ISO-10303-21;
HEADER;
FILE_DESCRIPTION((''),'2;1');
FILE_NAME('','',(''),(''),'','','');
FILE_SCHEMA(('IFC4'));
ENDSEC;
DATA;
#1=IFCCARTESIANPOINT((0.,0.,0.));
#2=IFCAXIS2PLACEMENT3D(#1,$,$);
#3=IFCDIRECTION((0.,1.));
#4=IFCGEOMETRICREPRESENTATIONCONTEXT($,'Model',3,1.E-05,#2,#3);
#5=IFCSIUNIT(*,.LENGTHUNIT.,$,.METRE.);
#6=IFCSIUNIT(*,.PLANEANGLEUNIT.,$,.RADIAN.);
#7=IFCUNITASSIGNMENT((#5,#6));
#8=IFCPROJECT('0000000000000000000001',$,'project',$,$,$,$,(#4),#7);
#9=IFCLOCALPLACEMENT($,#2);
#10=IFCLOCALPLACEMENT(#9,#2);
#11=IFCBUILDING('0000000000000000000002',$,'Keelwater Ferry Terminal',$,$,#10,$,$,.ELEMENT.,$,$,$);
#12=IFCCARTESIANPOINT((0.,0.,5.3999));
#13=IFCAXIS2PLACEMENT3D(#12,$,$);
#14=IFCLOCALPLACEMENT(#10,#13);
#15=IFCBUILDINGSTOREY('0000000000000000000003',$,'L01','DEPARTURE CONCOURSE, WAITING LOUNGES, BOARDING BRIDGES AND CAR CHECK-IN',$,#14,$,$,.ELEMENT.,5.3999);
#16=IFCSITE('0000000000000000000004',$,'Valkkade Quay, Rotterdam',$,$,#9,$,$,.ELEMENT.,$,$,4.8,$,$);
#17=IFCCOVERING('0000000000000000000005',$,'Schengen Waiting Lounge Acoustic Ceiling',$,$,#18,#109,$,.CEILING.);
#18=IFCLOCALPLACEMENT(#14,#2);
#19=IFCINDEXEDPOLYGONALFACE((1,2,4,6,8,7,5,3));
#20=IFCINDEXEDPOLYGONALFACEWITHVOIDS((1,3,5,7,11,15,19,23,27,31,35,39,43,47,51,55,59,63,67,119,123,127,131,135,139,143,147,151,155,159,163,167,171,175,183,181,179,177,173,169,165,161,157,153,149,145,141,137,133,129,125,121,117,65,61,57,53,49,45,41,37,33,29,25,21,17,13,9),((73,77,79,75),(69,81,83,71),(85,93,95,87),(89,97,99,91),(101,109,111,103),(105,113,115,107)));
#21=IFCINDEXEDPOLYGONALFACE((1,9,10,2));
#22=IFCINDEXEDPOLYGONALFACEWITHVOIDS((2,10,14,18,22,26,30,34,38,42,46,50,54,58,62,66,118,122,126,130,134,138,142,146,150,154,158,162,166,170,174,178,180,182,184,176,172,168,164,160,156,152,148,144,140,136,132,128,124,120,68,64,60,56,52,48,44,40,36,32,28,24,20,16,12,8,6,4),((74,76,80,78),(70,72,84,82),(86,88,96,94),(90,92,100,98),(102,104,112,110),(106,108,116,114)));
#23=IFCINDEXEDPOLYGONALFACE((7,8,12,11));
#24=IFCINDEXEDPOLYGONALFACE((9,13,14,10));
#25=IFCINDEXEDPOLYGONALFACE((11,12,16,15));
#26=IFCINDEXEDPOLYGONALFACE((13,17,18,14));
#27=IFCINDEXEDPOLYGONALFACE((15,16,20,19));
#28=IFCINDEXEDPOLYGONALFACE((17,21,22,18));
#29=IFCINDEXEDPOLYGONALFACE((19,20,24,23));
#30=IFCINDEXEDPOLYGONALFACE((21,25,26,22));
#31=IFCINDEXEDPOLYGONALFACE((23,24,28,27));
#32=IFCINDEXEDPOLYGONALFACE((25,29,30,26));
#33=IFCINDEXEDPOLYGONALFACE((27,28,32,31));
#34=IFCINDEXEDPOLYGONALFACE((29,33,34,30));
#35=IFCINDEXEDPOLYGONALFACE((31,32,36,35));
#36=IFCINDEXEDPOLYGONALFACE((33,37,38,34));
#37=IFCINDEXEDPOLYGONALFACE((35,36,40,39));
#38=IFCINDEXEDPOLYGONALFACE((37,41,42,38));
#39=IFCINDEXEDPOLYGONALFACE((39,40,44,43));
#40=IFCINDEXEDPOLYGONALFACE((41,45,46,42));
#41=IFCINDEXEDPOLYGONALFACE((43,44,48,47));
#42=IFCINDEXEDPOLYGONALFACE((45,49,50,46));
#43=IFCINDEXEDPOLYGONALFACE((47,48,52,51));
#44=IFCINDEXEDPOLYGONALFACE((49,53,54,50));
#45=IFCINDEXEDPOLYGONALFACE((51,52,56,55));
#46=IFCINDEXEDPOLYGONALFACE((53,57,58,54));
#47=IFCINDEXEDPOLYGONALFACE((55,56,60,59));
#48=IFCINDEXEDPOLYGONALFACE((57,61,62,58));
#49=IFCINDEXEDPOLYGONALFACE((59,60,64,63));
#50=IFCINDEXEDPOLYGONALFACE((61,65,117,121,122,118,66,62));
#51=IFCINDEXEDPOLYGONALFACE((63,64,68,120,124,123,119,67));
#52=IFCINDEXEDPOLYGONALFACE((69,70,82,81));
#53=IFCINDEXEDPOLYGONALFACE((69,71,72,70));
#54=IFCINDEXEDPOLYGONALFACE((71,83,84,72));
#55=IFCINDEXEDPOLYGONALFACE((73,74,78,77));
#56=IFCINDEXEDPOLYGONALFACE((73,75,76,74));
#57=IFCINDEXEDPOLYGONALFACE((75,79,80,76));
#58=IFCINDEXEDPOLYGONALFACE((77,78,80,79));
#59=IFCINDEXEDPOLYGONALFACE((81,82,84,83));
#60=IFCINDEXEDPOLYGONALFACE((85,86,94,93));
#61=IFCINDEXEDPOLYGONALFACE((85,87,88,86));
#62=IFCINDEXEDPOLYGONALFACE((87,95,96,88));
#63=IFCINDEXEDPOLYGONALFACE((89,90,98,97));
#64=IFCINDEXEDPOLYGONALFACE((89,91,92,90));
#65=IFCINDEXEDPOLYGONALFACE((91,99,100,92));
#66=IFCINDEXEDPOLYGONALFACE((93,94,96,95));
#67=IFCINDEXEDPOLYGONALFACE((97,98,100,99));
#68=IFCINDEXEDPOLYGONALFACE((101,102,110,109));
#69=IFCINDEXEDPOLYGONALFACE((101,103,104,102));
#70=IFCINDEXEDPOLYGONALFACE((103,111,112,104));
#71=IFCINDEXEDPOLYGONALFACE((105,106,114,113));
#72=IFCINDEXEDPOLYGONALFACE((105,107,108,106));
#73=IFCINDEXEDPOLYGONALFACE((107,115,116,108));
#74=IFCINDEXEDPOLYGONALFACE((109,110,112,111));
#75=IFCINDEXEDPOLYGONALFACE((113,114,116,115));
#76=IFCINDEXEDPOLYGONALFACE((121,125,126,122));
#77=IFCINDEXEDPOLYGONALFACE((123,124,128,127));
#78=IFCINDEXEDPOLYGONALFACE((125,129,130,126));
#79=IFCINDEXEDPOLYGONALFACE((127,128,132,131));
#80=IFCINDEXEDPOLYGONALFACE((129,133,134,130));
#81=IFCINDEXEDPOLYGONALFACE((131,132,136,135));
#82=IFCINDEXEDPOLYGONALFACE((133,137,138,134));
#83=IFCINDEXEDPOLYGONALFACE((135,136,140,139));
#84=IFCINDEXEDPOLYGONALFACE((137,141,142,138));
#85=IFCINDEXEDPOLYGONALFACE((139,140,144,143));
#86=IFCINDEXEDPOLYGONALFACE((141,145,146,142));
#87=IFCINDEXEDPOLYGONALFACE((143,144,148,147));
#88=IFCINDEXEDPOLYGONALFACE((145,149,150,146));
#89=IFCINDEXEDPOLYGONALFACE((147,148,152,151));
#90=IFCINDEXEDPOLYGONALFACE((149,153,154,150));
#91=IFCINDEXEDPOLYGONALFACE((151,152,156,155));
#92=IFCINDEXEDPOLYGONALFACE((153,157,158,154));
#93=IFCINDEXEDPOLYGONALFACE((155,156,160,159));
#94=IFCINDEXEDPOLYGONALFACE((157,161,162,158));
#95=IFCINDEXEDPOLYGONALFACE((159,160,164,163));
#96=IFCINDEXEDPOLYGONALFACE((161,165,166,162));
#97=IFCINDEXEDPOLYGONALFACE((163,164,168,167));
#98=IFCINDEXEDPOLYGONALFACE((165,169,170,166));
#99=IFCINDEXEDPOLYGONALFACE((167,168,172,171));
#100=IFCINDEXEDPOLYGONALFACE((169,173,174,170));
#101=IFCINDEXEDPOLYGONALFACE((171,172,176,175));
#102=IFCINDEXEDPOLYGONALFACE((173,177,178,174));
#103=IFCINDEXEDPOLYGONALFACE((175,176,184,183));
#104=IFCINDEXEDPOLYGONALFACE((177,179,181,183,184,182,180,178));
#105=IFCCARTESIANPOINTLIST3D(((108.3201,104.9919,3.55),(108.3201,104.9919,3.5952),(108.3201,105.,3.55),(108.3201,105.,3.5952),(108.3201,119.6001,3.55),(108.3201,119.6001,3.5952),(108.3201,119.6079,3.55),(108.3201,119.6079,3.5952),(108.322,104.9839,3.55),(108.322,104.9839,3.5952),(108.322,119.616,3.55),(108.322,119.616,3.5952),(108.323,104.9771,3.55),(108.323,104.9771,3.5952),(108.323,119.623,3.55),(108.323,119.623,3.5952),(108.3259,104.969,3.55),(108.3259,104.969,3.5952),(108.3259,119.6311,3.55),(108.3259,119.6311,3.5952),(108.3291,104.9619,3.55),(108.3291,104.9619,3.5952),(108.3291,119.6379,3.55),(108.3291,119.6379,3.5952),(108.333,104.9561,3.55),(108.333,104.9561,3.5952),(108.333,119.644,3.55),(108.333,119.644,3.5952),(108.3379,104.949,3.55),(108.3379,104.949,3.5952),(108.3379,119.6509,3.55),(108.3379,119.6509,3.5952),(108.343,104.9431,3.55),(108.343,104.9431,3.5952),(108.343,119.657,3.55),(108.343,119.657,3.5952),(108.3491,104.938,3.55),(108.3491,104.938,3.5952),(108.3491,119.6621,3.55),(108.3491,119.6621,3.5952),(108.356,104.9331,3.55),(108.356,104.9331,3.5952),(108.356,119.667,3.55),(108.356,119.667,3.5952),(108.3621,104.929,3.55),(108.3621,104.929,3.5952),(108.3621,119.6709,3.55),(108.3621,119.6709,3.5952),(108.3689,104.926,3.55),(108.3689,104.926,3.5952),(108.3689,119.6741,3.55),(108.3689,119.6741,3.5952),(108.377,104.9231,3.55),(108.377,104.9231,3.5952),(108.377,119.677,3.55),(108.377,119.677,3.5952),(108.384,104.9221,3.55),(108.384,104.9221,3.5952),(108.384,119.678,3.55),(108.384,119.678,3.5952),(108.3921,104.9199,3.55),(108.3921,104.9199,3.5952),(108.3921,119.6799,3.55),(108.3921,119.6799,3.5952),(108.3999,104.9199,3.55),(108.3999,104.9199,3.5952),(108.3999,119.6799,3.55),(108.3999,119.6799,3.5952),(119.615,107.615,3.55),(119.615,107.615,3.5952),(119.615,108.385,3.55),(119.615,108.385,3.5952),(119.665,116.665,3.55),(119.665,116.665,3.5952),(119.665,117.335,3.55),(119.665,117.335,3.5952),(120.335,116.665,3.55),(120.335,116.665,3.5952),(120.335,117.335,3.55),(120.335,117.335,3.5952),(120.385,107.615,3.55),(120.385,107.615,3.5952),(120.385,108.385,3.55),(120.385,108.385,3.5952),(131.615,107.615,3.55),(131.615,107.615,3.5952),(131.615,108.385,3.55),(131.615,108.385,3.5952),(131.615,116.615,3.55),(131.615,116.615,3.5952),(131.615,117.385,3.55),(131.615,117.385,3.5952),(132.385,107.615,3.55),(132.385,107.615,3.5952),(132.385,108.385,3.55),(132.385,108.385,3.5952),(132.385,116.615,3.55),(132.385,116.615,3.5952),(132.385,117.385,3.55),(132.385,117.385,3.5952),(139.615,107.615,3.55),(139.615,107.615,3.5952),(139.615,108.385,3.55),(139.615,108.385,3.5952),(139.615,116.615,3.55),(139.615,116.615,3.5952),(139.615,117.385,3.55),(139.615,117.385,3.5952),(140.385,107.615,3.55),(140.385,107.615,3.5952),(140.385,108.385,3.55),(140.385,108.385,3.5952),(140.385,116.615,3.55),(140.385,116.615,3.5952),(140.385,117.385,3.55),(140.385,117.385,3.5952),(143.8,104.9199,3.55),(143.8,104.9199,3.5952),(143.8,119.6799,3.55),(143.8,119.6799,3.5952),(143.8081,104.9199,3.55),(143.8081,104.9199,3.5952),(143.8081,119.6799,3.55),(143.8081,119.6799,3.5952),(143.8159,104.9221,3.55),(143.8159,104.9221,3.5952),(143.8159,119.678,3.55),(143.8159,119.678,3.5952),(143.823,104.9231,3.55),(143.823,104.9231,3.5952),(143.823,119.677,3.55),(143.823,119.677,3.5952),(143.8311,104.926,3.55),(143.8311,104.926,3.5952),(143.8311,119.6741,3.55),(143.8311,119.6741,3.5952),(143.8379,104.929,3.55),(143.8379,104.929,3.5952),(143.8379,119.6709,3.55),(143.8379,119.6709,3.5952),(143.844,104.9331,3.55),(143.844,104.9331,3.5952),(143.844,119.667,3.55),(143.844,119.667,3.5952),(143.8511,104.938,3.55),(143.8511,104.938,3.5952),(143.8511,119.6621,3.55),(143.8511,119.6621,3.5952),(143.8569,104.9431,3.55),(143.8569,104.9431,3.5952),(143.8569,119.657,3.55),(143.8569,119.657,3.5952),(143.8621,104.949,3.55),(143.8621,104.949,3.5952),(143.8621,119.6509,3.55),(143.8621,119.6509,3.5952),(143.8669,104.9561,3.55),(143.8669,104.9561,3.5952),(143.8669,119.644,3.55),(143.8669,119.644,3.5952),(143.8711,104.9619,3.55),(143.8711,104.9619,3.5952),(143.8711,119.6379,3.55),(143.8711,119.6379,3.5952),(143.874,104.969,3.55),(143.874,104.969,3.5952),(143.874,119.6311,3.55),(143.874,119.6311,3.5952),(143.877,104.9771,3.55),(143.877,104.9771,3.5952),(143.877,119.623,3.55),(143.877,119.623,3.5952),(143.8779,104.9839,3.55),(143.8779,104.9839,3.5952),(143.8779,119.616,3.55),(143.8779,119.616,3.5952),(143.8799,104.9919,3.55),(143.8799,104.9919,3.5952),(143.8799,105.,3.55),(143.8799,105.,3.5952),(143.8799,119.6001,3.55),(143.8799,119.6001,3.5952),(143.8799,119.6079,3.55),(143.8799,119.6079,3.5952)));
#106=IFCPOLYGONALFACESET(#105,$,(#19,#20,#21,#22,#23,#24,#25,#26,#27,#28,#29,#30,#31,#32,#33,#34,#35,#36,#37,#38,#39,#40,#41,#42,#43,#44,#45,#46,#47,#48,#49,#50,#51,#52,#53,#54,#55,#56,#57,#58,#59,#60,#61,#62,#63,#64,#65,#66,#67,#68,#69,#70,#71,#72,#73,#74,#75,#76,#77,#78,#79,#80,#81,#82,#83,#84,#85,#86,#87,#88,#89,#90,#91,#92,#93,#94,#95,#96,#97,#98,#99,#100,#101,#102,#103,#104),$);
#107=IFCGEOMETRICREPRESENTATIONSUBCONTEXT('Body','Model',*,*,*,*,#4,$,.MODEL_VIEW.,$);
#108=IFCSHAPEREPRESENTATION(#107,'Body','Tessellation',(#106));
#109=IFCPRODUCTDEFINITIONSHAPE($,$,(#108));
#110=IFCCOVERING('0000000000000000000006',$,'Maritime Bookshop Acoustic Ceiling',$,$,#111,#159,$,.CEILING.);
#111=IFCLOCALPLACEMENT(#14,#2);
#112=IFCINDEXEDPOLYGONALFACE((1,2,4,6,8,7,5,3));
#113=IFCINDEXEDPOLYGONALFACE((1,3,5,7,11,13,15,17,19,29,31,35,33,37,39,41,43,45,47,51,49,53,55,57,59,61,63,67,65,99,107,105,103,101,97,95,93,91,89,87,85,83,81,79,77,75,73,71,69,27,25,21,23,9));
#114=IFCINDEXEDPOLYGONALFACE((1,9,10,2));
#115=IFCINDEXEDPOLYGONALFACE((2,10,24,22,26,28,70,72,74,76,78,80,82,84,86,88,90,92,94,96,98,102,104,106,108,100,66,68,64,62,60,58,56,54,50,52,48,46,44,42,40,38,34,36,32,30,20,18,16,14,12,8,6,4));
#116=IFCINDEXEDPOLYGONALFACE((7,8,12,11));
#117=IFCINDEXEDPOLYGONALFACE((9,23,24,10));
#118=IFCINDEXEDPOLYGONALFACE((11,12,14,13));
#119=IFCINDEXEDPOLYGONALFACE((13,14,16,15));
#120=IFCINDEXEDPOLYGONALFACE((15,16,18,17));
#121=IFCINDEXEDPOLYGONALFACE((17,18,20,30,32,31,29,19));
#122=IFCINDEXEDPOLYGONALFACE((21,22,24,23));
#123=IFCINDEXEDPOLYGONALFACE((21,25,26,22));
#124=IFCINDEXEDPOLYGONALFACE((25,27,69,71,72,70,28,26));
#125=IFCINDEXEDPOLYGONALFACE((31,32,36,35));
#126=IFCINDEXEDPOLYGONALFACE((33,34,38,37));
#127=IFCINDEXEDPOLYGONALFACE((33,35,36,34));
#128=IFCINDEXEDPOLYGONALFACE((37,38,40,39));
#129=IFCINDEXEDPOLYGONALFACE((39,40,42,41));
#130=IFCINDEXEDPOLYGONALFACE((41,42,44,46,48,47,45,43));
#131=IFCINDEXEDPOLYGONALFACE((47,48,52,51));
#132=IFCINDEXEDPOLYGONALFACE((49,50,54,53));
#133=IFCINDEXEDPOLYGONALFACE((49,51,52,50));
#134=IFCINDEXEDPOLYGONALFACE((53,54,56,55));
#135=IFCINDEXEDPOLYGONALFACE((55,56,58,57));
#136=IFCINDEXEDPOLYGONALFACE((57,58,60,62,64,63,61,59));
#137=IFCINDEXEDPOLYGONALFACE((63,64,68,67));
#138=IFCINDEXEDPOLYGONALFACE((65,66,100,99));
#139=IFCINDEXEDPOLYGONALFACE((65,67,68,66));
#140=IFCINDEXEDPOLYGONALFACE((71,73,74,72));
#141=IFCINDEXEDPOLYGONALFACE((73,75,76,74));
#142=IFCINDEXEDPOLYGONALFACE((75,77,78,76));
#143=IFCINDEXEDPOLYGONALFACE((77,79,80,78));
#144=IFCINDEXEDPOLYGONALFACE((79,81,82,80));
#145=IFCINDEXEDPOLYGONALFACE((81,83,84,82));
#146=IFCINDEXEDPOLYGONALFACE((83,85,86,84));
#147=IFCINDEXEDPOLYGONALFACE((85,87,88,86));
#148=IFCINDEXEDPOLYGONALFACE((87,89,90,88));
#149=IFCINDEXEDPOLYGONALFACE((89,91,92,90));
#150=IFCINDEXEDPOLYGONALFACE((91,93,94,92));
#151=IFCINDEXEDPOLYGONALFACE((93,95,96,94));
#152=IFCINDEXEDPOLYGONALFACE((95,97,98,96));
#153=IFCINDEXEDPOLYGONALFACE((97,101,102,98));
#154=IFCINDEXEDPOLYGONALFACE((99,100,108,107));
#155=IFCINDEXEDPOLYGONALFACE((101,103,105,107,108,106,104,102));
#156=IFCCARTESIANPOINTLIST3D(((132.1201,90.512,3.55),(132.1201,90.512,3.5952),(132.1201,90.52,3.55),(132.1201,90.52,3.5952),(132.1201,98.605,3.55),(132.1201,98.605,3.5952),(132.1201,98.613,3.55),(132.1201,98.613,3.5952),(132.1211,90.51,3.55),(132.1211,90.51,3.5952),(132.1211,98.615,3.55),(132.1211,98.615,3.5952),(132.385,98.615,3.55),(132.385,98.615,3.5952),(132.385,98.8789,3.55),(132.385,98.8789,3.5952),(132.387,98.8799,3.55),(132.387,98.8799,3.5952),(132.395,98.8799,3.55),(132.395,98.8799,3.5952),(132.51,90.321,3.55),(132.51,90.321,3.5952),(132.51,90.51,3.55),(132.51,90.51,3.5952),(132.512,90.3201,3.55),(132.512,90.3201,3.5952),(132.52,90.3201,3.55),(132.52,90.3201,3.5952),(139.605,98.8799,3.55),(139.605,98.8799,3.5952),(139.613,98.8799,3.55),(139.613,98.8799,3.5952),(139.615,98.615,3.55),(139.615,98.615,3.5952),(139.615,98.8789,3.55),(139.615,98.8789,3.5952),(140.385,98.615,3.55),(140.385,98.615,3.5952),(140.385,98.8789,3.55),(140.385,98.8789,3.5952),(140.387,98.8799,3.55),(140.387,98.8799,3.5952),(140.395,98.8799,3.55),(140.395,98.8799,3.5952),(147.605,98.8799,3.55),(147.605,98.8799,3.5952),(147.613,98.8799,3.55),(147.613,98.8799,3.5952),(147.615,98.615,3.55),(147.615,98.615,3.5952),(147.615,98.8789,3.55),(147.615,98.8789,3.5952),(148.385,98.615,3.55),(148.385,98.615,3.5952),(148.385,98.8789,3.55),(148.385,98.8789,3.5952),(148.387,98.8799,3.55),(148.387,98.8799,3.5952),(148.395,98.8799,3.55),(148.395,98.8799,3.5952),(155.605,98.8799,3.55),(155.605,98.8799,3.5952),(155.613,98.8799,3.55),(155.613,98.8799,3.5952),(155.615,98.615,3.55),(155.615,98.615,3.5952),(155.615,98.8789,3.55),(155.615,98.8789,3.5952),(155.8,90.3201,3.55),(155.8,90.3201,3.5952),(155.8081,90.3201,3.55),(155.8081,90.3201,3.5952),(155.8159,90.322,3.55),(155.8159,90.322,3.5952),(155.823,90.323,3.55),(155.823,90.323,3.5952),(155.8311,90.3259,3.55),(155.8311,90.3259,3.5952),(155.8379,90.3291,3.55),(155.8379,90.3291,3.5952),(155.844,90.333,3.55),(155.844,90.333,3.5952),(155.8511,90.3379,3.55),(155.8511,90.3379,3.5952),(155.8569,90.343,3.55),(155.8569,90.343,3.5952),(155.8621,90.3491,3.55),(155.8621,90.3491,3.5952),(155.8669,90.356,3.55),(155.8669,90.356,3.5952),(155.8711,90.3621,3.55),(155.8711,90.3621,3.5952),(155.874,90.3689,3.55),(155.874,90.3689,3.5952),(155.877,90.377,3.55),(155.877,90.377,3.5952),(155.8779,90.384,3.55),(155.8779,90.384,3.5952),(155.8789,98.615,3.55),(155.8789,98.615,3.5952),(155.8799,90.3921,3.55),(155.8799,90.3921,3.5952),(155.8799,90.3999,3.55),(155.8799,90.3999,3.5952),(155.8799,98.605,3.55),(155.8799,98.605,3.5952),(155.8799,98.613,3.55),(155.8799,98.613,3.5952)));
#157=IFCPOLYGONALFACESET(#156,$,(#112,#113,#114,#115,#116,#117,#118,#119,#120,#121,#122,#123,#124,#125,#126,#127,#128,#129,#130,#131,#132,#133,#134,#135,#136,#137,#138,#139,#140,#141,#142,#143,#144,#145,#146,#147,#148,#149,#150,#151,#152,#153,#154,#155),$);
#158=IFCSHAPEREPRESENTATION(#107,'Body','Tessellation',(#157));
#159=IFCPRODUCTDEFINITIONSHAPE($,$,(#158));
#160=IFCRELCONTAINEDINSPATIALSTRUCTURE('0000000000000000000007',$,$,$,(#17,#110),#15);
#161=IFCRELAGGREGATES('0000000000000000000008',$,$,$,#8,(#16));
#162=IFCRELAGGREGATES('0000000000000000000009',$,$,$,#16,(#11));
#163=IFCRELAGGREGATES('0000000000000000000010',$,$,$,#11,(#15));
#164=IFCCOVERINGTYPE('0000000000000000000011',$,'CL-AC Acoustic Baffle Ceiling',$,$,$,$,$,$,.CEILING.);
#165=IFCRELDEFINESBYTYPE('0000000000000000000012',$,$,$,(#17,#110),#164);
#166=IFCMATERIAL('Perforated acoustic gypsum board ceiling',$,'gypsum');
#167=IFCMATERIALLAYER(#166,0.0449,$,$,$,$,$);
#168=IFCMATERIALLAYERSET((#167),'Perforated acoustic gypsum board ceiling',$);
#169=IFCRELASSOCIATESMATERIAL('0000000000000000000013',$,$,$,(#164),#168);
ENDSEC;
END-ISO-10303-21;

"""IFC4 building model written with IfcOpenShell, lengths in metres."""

from ifc_helpers import new_model, si_unit, direction, frame, origin, place, context, subcontext, project, spatial, polyline, outline, extrude, material, layer, layer_set, type_object, element, save


model = new_model("IFC4")

# Units and contexts
model_context = context("Model", 3, precision=1e-05, world=origin(), true_north=direction((0.0, 1.0)))
body_context = subcontext(model_context, "Body", "Model", "MODEL_VIEW")
ifc_project = project(units=[si_unit("LENGTHUNIT", "METRE"), si_unit("PLANEANGLEUNIT", "RADIAN")], contexts=[model_context])

# Site, building, storey
site_placement = place(None, origin())
site = spatial("IfcSite", under=ifc_project, at=site_placement, Name="Valkkade Quay, Rotterdam", CompositionType="ELEMENT", RefElevation=4.8)
building_placement = place(site_placement, origin())
building = spatial("IfcBuilding", under=site, at=building_placement, Name="Keelwater Ferry Terminal", CompositionType="ELEMENT")
storey_placement = place(building_placement, frame((0.0, 0.0, 5.3999)))
storey = spatial("IfcBuildingStorey", under=building, at=storey_placement, Name="L01", Description="DEPARTURE CONCOURSE, WAITING LOUNGES, BOARDING BRIDGES AND CAR CHECK-IN", CompositionType="ELEMENT", Elevation=5.3999)

# Coverings
ifc_material_1 = material(Name="Perforated acoustic gypsum board ceiling", Category="gypsum")
ifc_layer_1 = layer(ifc_material_1, 0.0449)
ifc_layer_set_1 = layer_set([ifc_layer_1], Name="Perforated acoustic gypsum board ceiling")
covering_type_1 = type_object("IfcCoveringType", Name="CL-AC Acoustic Baffle Ceiling", PredefinedType="CEILING", material=ifc_layer_set_1)
covering_1_placement = place(storey_placement, frame((0.0, 0.0, 3.55)))
element("IfcCovering", 1, at=covering_1_placement, inside=storey, type_object=covering_type_1, Name="Schengen Waiting Lounge Acoustic Ceiling", PredefinedType="CEILING", context=body_context, shape_type="SweptSolid", body=[
    extrude(outline(polyline([(143.8159, 119.678), (143.823, 119.677), (143.8311, 119.6741), (143.8379, 119.6709), (143.844, 119.667), (143.8511, 119.6621), (143.8569, 119.657), (143.8621, 119.6509), (143.8669, 119.644), (143.8711, 119.6379), (143.874, 119.6311), (143.877, 119.623), (143.8779, 119.616), (143.8799, 119.6079), (143.8799, 119.6001), (143.8799, 105.0), (143.8799, 104.9919), (143.8779, 104.9839), (143.877, 104.9771), (143.874, 104.969), (143.8711, 104.9619), (143.8669, 104.9561), (143.8621, 104.949), (143.8569, 104.9431), (143.8511, 104.938), (143.844, 104.9331), (143.8379, 104.929), (143.8311, 104.926), (143.823, 104.9231), (143.8159, 104.9221), (143.8081, 104.9199), (143.8, 104.9199), (108.3999, 104.9199), (108.3921, 104.9199), (108.384, 104.9221), (108.377, 104.9231), (108.3689, 104.926), (108.3621, 104.929), (108.356, 104.9331), (108.3491, 104.938), (108.343, 104.9431), (108.3379, 104.949), (108.333, 104.9561), (108.3291, 104.9619), (108.3259, 104.969), (108.323, 104.9771), (108.322, 104.9839), (108.3201, 104.9919), (108.3201, 105.0), (108.3201, 119.6001), (108.3201, 119.6079), (108.322, 119.616), (108.323, 119.623), (108.3259, 119.6311), (108.3291, 119.6379), (108.333, 119.644), (108.3379, 119.6509), (108.343, 119.657), (108.3491, 119.6621), (108.356, 119.667), (108.3621, 119.6709), (108.3689, 119.6741), (108.377, 119.677), (108.384, 119.678), (108.3921, 119.6799), (108.3999, 119.6799), (143.8, 119.6799), (143.8081, 119.6799), (143.8159, 119.678)]), holes=[polyline([(119.615, 108.385), (119.615, 107.615), (120.385, 107.615), (120.385, 108.385), (119.615, 108.385)]), polyline([(119.665, 117.335), (119.665, 116.665), (120.335, 116.665), (120.335, 117.335), (119.665, 117.335)]), polyline([(132.385, 108.385), (131.615, 108.385), (131.615, 107.615), (132.385, 107.615), (132.385, 108.385)]), polyline([(139.615, 108.385), (139.615, 107.615), (140.385, 107.615), (140.385, 108.385), (139.615, 108.385)]), polyline([(131.615, 117.385), (131.615, 116.615), (132.385, 116.615), (132.385, 117.385), (131.615, 117.385)]), polyline([(140.385, 117.385), (139.615, 117.385), (139.615, 116.615), (140.385, 116.615), (140.385, 117.385)])]), origin(), (0.0, 0.0, 1.0), 0.0452),
])
covering_2_placement = place(storey_placement, frame((0.0, 0.0, 3.55)))
element("IfcCovering", 2, at=covering_2_placement, inside=storey, type_object=covering_type_1, Name="Maritime Bookshop Acoustic Ceiling", PredefinedType="CEILING", context=body_context, shape_type="SweptSolid", body=[
    extrude(outline(polyline([(139.615, 98.8789), (139.615, 98.615), (140.385, 98.615), (140.385, 98.8789), (140.387, 98.8799), (140.395, 98.8799), (147.605, 98.8799), (147.613, 98.8799), (147.615, 98.8789), (147.615, 98.615), (148.385, 98.615), (148.385, 98.8789), (148.387, 98.8799), (148.395, 98.8799), (155.605, 98.8799), (155.613, 98.8799), (155.615, 98.8789), (155.615, 98.615), (155.8789, 98.615), (155.8799, 98.613), (155.8799, 98.605), (155.8799, 90.3999), (155.8799, 90.3921), (155.8779, 90.384), (155.877, 90.377), (155.874, 90.3689), (155.8711, 90.3621), (155.8669, 90.356), (155.8621, 90.3491), (155.8569, 90.343), (155.8511, 90.3379), (155.844, 90.333), (155.8379, 90.3291), (155.8311, 90.3259), (155.823, 90.323), (155.8159, 90.322), (155.8081, 90.3201), (155.8, 90.3201), (132.52, 90.3201), (132.512, 90.3201), (132.51, 90.321), (132.51, 90.51), (132.1211, 90.51), (132.1201, 90.512), (132.1201, 90.52), (132.1201, 98.605), (132.1201, 98.613), (132.1211, 98.615), (132.385, 98.615), (132.385, 98.8789), (132.387, 98.8799), (132.395, 98.8799), (139.605, 98.8799), (139.613, 98.8799), (139.615, 98.8789)])), origin(), (0.0, 0.0, 1.0), 0.0452),
])

save(model, "model.ifc")
